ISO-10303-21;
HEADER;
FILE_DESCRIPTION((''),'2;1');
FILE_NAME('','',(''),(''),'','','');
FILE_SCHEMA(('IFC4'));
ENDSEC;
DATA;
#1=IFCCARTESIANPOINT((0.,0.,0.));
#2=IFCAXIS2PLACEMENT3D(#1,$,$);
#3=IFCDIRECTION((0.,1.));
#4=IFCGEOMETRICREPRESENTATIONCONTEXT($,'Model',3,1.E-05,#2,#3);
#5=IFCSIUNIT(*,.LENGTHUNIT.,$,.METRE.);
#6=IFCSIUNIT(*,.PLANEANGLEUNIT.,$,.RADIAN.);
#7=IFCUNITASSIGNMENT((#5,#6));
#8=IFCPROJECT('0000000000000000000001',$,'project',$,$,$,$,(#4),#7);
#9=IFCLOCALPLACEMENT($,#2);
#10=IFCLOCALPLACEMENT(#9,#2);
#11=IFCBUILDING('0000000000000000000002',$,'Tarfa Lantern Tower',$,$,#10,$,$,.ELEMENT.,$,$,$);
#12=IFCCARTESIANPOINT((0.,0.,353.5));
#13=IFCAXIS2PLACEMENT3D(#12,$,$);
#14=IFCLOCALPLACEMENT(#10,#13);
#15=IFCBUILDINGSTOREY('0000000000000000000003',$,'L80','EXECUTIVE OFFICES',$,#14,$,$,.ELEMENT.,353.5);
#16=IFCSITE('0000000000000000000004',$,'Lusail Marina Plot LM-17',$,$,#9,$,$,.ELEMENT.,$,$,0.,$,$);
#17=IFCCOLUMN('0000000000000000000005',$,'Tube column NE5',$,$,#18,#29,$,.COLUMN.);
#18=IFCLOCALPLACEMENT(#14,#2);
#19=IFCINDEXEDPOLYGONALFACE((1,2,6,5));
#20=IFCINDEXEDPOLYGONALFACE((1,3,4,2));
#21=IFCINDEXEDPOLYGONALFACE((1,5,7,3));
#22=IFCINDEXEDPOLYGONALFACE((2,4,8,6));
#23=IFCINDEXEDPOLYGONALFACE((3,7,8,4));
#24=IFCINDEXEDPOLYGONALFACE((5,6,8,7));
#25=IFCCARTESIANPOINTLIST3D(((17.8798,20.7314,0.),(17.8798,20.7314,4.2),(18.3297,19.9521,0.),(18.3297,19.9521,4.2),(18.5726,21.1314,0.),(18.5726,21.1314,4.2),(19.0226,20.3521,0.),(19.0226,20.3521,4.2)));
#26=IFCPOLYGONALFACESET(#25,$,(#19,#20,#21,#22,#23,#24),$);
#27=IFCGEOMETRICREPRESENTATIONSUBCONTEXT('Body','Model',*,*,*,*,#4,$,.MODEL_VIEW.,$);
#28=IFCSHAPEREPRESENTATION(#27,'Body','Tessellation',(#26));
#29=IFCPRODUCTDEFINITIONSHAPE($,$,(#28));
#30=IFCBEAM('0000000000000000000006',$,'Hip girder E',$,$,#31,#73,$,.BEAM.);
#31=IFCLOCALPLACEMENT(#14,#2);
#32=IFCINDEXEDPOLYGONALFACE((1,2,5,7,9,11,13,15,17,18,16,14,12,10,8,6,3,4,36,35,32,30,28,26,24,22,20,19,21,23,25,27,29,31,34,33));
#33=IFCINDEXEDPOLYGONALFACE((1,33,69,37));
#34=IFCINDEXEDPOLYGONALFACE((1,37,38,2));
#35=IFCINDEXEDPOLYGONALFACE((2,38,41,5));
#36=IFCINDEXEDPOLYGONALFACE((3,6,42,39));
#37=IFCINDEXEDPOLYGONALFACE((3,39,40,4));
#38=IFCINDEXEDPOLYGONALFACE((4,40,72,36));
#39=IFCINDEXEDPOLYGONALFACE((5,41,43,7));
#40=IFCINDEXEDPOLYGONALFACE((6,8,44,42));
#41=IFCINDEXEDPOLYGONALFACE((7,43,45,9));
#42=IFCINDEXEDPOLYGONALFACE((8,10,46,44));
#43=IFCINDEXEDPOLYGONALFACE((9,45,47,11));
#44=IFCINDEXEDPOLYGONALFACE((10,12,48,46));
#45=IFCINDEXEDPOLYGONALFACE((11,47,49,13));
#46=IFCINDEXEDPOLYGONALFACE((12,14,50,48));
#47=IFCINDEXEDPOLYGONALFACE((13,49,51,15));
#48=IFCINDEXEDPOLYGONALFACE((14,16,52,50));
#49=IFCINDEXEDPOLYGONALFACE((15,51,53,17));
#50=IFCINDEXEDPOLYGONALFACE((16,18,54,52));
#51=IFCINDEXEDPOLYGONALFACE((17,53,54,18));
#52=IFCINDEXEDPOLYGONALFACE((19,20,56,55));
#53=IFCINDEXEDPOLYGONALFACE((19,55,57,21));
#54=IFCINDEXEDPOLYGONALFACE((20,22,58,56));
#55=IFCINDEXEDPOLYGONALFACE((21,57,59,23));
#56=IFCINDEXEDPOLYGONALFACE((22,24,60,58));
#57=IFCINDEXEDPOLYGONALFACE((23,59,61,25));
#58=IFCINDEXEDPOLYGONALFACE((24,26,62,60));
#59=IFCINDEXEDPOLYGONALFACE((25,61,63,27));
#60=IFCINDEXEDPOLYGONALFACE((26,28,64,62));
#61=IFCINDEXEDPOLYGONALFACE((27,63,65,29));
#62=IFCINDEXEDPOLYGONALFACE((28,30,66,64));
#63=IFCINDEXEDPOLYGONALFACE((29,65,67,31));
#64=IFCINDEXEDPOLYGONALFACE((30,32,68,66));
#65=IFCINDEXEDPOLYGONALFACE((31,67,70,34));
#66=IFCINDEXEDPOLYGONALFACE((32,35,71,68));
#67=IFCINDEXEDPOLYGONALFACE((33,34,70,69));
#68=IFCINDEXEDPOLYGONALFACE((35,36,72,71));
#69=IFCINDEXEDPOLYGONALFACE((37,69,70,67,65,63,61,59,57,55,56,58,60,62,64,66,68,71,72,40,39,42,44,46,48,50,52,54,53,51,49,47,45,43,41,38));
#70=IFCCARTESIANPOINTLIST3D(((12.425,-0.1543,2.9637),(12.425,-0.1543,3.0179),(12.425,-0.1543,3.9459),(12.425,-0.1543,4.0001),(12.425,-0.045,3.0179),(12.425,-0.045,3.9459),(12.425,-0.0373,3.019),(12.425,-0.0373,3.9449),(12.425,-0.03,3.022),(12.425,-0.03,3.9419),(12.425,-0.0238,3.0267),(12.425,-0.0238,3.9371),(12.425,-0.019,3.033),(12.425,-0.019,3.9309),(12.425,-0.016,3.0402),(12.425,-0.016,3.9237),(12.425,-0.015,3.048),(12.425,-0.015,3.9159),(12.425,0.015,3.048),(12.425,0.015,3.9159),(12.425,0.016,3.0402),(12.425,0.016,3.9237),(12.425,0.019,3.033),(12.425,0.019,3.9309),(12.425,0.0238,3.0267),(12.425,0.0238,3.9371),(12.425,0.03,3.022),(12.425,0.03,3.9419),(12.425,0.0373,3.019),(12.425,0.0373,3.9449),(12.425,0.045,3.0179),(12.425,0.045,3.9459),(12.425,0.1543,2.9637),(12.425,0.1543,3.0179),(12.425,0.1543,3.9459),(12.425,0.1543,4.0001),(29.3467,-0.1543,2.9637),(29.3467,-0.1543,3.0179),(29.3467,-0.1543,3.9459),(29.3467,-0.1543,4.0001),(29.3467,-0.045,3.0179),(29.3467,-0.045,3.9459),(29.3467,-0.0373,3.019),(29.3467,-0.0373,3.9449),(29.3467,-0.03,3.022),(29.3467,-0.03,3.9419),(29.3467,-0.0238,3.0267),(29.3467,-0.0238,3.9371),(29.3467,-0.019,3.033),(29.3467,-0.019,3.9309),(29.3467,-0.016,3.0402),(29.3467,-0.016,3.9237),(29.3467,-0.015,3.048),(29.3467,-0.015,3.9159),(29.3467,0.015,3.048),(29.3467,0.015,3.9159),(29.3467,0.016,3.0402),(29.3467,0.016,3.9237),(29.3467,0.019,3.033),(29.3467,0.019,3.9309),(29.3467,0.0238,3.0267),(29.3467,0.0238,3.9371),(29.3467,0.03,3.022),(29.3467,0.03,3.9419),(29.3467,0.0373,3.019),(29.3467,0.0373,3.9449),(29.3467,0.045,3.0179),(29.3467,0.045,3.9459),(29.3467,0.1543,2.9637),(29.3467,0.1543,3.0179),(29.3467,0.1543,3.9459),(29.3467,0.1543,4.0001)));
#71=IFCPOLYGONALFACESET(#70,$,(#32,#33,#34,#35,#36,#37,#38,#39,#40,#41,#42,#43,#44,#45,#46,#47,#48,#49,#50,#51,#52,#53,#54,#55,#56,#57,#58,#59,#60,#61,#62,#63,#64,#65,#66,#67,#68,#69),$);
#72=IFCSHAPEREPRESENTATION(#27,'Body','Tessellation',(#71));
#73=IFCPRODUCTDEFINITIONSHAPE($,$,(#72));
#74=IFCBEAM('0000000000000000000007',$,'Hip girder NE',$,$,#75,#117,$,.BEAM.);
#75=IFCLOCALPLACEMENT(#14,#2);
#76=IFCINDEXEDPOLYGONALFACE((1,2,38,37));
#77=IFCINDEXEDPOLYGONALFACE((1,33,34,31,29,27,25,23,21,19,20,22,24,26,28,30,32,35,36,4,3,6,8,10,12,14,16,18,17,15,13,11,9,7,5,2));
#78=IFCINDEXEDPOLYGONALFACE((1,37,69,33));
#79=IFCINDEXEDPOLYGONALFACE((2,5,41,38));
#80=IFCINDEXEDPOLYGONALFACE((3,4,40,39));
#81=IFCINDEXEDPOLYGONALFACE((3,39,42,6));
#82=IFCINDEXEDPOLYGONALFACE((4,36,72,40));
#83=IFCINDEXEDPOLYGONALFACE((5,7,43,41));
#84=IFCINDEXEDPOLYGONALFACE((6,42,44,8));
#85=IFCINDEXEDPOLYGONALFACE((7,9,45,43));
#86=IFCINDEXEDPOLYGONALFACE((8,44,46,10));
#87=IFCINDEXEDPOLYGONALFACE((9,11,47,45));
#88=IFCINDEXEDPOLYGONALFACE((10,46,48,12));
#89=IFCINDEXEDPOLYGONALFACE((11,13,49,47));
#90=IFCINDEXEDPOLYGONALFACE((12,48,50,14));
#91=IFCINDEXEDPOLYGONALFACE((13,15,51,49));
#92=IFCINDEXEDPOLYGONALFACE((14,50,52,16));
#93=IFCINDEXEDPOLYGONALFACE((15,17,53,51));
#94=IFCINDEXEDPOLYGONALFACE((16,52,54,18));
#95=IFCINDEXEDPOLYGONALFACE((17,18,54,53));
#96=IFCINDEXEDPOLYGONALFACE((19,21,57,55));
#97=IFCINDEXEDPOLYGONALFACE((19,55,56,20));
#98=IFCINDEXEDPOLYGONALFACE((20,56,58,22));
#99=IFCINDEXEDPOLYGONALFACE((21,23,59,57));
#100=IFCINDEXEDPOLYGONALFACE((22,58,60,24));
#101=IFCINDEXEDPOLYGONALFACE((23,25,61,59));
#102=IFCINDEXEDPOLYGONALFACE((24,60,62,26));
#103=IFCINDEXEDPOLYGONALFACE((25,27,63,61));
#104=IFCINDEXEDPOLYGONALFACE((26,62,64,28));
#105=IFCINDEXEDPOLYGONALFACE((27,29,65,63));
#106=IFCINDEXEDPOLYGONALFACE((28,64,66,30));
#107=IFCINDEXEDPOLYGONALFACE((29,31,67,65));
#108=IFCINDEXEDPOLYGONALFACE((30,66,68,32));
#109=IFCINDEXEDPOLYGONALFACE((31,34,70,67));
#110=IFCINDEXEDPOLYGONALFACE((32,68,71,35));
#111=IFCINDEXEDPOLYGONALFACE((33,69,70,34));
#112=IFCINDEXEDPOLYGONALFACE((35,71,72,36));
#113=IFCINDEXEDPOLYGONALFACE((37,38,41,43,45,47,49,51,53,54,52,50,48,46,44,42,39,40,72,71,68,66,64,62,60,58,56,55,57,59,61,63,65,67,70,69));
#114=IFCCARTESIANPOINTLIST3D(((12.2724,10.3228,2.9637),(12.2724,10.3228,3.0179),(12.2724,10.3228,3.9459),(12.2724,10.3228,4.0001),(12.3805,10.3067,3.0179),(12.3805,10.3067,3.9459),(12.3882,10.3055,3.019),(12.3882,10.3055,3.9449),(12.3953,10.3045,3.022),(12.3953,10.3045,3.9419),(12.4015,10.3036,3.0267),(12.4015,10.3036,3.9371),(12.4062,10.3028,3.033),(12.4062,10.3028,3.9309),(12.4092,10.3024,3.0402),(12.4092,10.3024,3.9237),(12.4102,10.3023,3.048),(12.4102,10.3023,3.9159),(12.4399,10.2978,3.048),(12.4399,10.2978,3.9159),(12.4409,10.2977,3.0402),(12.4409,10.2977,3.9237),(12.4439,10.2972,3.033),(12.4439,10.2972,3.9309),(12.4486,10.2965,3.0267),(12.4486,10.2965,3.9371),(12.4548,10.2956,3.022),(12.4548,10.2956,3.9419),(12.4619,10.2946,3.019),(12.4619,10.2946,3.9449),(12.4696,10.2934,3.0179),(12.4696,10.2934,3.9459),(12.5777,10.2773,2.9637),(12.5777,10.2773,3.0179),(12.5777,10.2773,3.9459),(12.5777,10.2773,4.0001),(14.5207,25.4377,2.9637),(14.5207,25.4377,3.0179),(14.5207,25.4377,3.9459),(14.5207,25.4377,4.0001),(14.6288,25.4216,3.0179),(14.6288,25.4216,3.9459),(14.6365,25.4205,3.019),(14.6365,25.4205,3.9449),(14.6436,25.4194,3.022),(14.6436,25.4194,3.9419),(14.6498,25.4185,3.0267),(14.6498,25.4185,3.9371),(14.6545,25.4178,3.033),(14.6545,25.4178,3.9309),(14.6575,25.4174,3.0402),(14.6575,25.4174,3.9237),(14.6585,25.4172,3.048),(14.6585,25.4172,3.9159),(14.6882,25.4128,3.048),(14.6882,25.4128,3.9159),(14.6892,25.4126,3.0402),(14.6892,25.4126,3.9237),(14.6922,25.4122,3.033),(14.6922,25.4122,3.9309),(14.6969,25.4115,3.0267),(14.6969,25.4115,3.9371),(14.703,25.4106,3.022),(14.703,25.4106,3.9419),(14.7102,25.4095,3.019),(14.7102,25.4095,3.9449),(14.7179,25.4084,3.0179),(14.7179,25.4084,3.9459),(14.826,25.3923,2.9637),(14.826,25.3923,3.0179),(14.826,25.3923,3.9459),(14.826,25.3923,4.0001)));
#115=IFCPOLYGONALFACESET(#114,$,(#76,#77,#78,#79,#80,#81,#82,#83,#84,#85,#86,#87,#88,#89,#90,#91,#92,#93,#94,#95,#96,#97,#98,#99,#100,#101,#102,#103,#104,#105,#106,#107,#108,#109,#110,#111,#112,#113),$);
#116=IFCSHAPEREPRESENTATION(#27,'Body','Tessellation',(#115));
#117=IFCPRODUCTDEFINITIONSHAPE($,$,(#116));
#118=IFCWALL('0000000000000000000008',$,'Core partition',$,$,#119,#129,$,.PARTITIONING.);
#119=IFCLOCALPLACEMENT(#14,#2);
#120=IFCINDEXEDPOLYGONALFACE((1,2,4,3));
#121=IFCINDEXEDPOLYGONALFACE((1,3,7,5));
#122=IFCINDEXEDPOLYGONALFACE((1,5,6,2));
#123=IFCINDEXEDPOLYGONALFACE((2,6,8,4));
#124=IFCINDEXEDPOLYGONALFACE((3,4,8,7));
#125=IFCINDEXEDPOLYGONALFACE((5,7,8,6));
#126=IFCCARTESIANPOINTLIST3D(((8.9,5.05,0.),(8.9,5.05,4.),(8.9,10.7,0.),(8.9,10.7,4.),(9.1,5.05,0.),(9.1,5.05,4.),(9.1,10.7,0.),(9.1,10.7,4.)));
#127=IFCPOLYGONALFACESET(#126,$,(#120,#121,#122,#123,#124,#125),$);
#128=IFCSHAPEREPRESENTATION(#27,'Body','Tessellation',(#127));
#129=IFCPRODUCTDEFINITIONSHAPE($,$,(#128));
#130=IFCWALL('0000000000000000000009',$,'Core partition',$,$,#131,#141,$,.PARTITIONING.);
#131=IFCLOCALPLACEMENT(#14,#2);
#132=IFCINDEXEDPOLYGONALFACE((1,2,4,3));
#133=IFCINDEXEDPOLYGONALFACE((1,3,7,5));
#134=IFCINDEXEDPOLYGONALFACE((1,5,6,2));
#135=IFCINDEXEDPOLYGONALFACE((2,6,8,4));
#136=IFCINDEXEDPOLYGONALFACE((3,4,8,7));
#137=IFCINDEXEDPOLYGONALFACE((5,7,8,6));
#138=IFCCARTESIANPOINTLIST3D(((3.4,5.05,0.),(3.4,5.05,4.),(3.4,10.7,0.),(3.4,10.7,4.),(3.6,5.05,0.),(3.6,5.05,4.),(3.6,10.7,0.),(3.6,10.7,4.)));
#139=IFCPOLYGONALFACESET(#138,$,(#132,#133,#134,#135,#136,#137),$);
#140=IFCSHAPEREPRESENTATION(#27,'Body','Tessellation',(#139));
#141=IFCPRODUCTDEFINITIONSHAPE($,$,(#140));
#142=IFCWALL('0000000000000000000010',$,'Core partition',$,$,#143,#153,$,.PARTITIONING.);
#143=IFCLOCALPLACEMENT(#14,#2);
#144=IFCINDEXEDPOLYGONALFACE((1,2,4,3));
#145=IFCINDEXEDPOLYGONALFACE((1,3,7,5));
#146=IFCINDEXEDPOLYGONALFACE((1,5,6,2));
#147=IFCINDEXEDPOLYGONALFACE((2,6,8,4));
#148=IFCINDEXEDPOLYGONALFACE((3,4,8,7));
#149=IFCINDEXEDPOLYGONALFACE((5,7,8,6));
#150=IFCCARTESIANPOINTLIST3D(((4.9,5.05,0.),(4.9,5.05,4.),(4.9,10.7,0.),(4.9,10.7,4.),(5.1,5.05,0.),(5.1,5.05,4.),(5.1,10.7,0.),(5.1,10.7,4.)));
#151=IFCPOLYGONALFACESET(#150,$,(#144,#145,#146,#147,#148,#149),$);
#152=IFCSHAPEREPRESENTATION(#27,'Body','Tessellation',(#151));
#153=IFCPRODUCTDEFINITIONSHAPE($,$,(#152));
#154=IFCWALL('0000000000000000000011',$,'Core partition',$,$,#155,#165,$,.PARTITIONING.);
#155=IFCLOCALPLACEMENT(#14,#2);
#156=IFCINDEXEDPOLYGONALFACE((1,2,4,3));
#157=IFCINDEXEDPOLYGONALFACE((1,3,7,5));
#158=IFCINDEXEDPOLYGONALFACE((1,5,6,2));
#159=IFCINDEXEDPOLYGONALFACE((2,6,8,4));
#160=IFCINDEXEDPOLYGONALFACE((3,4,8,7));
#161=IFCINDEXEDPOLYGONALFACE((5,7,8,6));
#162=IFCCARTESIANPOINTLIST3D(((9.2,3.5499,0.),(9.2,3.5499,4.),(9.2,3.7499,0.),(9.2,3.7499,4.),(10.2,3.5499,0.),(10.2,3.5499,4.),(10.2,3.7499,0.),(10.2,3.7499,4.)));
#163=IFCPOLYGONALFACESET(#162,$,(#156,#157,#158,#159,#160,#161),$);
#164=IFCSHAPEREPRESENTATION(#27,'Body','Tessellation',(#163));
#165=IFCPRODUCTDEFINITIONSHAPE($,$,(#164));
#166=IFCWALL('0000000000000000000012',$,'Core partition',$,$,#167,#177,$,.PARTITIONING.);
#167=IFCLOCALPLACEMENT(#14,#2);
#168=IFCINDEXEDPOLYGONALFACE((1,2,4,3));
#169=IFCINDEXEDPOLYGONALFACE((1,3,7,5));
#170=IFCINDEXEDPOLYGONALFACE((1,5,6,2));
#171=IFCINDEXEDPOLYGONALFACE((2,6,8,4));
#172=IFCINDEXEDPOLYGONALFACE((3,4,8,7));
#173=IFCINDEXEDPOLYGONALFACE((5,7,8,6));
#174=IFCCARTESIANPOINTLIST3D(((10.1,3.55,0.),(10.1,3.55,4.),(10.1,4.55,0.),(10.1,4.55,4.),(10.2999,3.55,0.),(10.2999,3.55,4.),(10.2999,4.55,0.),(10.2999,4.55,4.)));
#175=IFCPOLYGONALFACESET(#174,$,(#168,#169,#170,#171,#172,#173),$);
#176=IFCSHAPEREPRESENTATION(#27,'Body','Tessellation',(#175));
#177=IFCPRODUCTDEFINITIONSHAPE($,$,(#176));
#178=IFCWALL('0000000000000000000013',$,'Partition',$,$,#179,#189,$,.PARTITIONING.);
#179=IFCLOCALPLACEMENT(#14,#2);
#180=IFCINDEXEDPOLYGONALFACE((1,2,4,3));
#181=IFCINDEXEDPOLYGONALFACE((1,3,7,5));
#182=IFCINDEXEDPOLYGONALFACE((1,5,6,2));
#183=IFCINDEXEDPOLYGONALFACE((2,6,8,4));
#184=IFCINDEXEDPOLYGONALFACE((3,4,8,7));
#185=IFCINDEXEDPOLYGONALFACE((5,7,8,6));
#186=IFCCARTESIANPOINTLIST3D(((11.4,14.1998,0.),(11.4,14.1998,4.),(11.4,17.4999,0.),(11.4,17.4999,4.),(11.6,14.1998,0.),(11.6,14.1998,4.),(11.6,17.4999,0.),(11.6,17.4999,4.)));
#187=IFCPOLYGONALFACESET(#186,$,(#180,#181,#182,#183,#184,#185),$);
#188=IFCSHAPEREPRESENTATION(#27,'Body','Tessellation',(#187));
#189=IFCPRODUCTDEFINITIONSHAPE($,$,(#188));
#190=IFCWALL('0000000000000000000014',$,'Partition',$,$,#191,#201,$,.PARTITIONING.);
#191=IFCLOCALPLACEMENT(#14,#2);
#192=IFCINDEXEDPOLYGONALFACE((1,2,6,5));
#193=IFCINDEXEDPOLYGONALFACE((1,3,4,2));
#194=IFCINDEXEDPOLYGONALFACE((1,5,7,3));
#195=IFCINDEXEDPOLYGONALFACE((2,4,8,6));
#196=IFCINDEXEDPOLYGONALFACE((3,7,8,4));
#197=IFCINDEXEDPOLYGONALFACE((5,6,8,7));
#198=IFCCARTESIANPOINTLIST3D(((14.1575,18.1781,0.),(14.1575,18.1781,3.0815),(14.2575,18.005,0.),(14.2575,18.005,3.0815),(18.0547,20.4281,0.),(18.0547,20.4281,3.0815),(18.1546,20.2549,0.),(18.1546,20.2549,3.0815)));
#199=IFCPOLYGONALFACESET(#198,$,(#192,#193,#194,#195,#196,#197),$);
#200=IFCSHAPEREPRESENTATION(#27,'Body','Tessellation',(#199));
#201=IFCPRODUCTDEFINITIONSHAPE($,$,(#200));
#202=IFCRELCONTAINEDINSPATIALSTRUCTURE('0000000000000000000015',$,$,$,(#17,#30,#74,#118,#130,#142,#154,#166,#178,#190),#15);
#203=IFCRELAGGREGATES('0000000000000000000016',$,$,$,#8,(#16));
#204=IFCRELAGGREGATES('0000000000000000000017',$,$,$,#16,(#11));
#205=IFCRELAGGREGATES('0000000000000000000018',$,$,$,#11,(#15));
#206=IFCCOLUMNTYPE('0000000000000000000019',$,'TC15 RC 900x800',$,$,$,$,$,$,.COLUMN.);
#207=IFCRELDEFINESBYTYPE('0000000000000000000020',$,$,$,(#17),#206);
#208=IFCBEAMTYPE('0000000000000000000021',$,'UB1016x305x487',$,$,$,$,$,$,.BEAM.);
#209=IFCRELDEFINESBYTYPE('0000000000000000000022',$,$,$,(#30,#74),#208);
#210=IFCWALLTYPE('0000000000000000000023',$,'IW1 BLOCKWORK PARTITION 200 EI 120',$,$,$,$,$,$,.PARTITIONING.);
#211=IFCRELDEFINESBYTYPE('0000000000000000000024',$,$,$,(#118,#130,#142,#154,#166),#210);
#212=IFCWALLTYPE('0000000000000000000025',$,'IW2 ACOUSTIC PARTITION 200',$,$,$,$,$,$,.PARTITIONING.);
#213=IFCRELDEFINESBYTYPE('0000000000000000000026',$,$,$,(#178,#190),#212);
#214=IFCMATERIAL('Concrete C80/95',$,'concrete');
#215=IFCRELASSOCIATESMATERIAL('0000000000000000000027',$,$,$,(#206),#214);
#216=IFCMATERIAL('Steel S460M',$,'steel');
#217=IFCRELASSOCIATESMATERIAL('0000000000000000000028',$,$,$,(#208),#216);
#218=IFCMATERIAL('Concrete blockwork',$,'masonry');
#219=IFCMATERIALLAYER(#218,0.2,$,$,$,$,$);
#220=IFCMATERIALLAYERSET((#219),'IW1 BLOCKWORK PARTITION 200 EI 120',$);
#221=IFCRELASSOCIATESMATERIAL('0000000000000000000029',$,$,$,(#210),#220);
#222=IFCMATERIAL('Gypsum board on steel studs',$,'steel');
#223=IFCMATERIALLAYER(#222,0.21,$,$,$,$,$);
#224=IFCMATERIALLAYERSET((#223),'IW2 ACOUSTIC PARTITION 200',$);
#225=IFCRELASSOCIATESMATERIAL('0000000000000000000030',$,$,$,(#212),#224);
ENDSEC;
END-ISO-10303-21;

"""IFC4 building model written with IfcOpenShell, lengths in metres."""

from ifc_helpers import new_model, si_unit, direction, frame, frame_2d, origin, origin_2d, place, context, subcontext, project, spatial, rectangle, i_section, extrude, material, layer, layer_set, material_profile, profile_set, type_object, element, save


model = new_model("IFC4")

# Units and contexts
model_context = context("Model", 3, precision=1e-05, world=origin(), true_north=direction((0.0, 1.0)))
body_context = subcontext(model_context, "Body", "Model", "MODEL_VIEW")
ifc_project = project(units=[si_unit("LENGTHUNIT", "METRE"), si_unit("PLANEANGLEUNIT", "RADIAN")], contexts=[model_context])

# Site, building, storey
site_placement = place(None, origin())
site = spatial("IfcSite", under=ifc_project, at=site_placement, Name="Lusail Marina Plot LM-17", CompositionType="ELEMENT", RefElevation=0.0)
building_placement = place(site_placement, origin())
building = spatial("IfcBuilding", under=site, at=building_placement, Name="Tarfa Lantern Tower", CompositionType="ELEMENT")
storey_placement = place(building_placement, frame((0.0, 0.0, 353.5)))
storey = spatial("IfcBuildingStorey", under=building, at=storey_placement, Name="L80", Description="EXECUTIVE OFFICES", CompositionType="ELEMENT", Elevation=353.5)

# Column
ifc_material_1 = material(Name="Concrete C80/95", Category="concrete")
ifc_material_profile_1 = material_profile(ifc_material_1, rectangle(XDim=0.8999, YDim=0.8, at=origin_2d()), Name="RC 900x800")
ifc_profile_set_1 = profile_set([ifc_material_profile_1], Name="Concrete C80/95")
column_type = type_object("IfcColumnType", Name="TC15 RC 900x800", PredefinedType="COLUMN", material=ifc_profile_set_1)
column_placement = place(storey_placement, frame((18.4512, 20.5417, 0.0), z_axis=(0.0, 0.0, 1.0), x_axis=(-0.5, 0.866025, 0.0)))
element("IfcColumn", 1, at=column_placement, inside=storey, type_object=column_type, Name="Tube column NE5", PredefinedType="COLUMN", context=body_context, shape_type="SweptSolid", body=[
    extrude(rectangle(XDim=0.8999, YDim=0.8, at=origin_2d()), origin(), (0.0, 0.0, 1.0), 4.2),
])

# Beams
ifc_material_2 = material(Name="Steel S460M", Category="steel")
ifc_material_profile_2 = material_profile(ifc_material_2, i_section(OverallWidth=0.3086, OverallDepth=1.0364, WebThickness=0.03, FlangeThickness=0.0542, FilletRadius=0.03, at=origin_2d()), Name="UB1016x305x487")
ifc_profile_set_2 = profile_set([ifc_material_profile_2], Name="Steel S460M")
beam_type = type_object("IfcBeamType", Name="UB1016x305x487", PredefinedType="BEAM", material=ifc_profile_set_2)
beam_1_placement = place(storey_placement, frame((12.425, 0.0, 3.4819), z_axis=(1.0, 0.0, 0.0), x_axis=(0.0, 1.0, 0.0)))
element("IfcBeam", 2, at=beam_1_placement, inside=storey, type_object=beam_type, Name="Hip girder E", PredefinedType="BEAM", context=body_context, shape_type="SweptSolid", body=[
    extrude(i_section(OverallWidth=0.3086, OverallDepth=1.0364, WebThickness=0.03, FlangeThickness=0.0542, FilletRadius=0.03, at=origin_2d()), origin(), (0.0, 0.0, 1.0), 16.9216),
])
beam_2_placement = place(storey_placement, frame((12.425, 10.3, 3.4819), z_axis=(0.147127, 0.989118, 0.0), x_axis=(-0.989118, 0.147127, 0.0)))
element("IfcBeam", 3, at=beam_2_placement, inside=storey, type_object=beam_type, Name="Hip girder NE", PredefinedType="BEAM", context=body_context, shape_type="SweptSolid", body=[
    extrude(i_section(OverallWidth=0.3086, OverallDepth=1.0364, WebThickness=0.03, FlangeThickness=0.0542, FilletRadius=0.03, at=origin_2d()), origin(), (0.0, 0.0, 1.0), 15.2812),
])

# Walls
ifc_material_3 = material(Name="Concrete blockwork", Category="masonry")
ifc_layer_1 = layer(ifc_material_3, 0.2)
ifc_layer_set_1 = layer_set([ifc_layer_1], Name="IW1 BLOCKWORK PARTITION 200 EI 120")
wall_type_1 = type_object("IfcWallType", Name="IW1 BLOCKWORK PARTITION 200 EI 120", PredefinedType="PARTITIONING", material=ifc_layer_set_1)
for number, where, z_axis, x_axis, name in (
    (4, (9.0, 5.05, 0.0), (0.0, 0.0, 1.0), (0.0, 1.0, 0.0), "Core partition"),
    (5, (3.5, 5.05, 0.0), (0.0, 0.0, 1.0), (0.0, 1.0, 0.0), "Core partition"),
    (6, (5.0, 5.05, 0.0), (0.0, 0.0, 1.0), (0.0, 1.0, 0.0), "Core partition"),
):
    element("IfcWall", number, at=place(storey_placement, frame(where, z_axis=z_axis, x_axis=x_axis)), inside=storey, type_object=wall_type_1, Name=name, PredefinedType="PARTITIONING", context=body_context, shape_type="SweptSolid", body=[
        extrude(rectangle(XDim=5.6499, YDim=0.2, at=frame_2d((2.825, 0.0))), origin(), (0.0, 0.0, 1.0), 4.0),
    ])
for number, where, z_axis, x_axis, name in (
    (7, (9.2, 3.6499, 0.0), (0.0, 0.0, 1.0), (1.0, 0.0, 0.0), "Core partition"),
    (8, (10.2, 3.55, 0.0), (0.0, 0.0, 1.0), (0.0, 1.0, 0.0), "Core partition"),
):
    element("IfcWall", number, at=place(storey_placement, frame(where, z_axis=z_axis, x_axis=x_axis)), inside=storey, type_object=wall_type_1, Name=name, PredefinedType="PARTITIONING", context=body_context, shape_type="SweptSolid", body=[
        extrude(rectangle(XDim=1.0, YDim=0.2, at=frame_2d((0.5, 0.0))), origin(), (0.0, 0.0, 1.0), 4.0),
    ])
ifc_material_4 = material(Name="Gypsum board on steel studs", Category="steel")
ifc_layer_2 = layer(ifc_material_4, 0.21)
ifc_layer_set_2 = layer_set([ifc_layer_2], Name="IW2 ACOUSTIC PARTITION 200")
wall_type_2 = type_object("IfcWallType", Name="IW2 ACOUSTIC PARTITION 200", PredefinedType="PARTITIONING", material=ifc_layer_set_2)
wall_1_placement = place(storey_placement, frame((11.5, 14.2, 0.0), z_axis=(0.0, 0.0, 1.0), x_axis=(0.0, 1.0, 0.0)))
element("IfcWall", 9, at=wall_1_placement, inside=storey, type_object=wall_type_2, Name="Partition", PredefinedType="PARTITIONING", context=body_context, shape_type="SweptSolid", body=[
    extrude(rectangle(XDim=3.3, YDim=0.2, at=frame_2d((1.6499, 0.0))), origin(), (0.0, 0.0, 1.0), 4.0),
])

# Wall
wall_2_placement = place(storey_placement, frame((14.2075, 18.0916, 0.0), z_axis=(0.0, 0.0, 1.0), x_axis=(0.866031, 0.49999, 0.0)))
element("IfcWall", 10, at=wall_2_placement, inside=storey, type_object=wall_type_2, Name="Partition", PredefinedType="PARTITIONING", context=body_context, shape_type="SweptSolid", body=[
    extrude(rectangle(XDim=4.5, YDim=0.2, at=frame_2d((2.25, 0.0))), origin(), (0.0, 0.0, 1.0), 3.0815),
])

save(model, "model.ifc")
